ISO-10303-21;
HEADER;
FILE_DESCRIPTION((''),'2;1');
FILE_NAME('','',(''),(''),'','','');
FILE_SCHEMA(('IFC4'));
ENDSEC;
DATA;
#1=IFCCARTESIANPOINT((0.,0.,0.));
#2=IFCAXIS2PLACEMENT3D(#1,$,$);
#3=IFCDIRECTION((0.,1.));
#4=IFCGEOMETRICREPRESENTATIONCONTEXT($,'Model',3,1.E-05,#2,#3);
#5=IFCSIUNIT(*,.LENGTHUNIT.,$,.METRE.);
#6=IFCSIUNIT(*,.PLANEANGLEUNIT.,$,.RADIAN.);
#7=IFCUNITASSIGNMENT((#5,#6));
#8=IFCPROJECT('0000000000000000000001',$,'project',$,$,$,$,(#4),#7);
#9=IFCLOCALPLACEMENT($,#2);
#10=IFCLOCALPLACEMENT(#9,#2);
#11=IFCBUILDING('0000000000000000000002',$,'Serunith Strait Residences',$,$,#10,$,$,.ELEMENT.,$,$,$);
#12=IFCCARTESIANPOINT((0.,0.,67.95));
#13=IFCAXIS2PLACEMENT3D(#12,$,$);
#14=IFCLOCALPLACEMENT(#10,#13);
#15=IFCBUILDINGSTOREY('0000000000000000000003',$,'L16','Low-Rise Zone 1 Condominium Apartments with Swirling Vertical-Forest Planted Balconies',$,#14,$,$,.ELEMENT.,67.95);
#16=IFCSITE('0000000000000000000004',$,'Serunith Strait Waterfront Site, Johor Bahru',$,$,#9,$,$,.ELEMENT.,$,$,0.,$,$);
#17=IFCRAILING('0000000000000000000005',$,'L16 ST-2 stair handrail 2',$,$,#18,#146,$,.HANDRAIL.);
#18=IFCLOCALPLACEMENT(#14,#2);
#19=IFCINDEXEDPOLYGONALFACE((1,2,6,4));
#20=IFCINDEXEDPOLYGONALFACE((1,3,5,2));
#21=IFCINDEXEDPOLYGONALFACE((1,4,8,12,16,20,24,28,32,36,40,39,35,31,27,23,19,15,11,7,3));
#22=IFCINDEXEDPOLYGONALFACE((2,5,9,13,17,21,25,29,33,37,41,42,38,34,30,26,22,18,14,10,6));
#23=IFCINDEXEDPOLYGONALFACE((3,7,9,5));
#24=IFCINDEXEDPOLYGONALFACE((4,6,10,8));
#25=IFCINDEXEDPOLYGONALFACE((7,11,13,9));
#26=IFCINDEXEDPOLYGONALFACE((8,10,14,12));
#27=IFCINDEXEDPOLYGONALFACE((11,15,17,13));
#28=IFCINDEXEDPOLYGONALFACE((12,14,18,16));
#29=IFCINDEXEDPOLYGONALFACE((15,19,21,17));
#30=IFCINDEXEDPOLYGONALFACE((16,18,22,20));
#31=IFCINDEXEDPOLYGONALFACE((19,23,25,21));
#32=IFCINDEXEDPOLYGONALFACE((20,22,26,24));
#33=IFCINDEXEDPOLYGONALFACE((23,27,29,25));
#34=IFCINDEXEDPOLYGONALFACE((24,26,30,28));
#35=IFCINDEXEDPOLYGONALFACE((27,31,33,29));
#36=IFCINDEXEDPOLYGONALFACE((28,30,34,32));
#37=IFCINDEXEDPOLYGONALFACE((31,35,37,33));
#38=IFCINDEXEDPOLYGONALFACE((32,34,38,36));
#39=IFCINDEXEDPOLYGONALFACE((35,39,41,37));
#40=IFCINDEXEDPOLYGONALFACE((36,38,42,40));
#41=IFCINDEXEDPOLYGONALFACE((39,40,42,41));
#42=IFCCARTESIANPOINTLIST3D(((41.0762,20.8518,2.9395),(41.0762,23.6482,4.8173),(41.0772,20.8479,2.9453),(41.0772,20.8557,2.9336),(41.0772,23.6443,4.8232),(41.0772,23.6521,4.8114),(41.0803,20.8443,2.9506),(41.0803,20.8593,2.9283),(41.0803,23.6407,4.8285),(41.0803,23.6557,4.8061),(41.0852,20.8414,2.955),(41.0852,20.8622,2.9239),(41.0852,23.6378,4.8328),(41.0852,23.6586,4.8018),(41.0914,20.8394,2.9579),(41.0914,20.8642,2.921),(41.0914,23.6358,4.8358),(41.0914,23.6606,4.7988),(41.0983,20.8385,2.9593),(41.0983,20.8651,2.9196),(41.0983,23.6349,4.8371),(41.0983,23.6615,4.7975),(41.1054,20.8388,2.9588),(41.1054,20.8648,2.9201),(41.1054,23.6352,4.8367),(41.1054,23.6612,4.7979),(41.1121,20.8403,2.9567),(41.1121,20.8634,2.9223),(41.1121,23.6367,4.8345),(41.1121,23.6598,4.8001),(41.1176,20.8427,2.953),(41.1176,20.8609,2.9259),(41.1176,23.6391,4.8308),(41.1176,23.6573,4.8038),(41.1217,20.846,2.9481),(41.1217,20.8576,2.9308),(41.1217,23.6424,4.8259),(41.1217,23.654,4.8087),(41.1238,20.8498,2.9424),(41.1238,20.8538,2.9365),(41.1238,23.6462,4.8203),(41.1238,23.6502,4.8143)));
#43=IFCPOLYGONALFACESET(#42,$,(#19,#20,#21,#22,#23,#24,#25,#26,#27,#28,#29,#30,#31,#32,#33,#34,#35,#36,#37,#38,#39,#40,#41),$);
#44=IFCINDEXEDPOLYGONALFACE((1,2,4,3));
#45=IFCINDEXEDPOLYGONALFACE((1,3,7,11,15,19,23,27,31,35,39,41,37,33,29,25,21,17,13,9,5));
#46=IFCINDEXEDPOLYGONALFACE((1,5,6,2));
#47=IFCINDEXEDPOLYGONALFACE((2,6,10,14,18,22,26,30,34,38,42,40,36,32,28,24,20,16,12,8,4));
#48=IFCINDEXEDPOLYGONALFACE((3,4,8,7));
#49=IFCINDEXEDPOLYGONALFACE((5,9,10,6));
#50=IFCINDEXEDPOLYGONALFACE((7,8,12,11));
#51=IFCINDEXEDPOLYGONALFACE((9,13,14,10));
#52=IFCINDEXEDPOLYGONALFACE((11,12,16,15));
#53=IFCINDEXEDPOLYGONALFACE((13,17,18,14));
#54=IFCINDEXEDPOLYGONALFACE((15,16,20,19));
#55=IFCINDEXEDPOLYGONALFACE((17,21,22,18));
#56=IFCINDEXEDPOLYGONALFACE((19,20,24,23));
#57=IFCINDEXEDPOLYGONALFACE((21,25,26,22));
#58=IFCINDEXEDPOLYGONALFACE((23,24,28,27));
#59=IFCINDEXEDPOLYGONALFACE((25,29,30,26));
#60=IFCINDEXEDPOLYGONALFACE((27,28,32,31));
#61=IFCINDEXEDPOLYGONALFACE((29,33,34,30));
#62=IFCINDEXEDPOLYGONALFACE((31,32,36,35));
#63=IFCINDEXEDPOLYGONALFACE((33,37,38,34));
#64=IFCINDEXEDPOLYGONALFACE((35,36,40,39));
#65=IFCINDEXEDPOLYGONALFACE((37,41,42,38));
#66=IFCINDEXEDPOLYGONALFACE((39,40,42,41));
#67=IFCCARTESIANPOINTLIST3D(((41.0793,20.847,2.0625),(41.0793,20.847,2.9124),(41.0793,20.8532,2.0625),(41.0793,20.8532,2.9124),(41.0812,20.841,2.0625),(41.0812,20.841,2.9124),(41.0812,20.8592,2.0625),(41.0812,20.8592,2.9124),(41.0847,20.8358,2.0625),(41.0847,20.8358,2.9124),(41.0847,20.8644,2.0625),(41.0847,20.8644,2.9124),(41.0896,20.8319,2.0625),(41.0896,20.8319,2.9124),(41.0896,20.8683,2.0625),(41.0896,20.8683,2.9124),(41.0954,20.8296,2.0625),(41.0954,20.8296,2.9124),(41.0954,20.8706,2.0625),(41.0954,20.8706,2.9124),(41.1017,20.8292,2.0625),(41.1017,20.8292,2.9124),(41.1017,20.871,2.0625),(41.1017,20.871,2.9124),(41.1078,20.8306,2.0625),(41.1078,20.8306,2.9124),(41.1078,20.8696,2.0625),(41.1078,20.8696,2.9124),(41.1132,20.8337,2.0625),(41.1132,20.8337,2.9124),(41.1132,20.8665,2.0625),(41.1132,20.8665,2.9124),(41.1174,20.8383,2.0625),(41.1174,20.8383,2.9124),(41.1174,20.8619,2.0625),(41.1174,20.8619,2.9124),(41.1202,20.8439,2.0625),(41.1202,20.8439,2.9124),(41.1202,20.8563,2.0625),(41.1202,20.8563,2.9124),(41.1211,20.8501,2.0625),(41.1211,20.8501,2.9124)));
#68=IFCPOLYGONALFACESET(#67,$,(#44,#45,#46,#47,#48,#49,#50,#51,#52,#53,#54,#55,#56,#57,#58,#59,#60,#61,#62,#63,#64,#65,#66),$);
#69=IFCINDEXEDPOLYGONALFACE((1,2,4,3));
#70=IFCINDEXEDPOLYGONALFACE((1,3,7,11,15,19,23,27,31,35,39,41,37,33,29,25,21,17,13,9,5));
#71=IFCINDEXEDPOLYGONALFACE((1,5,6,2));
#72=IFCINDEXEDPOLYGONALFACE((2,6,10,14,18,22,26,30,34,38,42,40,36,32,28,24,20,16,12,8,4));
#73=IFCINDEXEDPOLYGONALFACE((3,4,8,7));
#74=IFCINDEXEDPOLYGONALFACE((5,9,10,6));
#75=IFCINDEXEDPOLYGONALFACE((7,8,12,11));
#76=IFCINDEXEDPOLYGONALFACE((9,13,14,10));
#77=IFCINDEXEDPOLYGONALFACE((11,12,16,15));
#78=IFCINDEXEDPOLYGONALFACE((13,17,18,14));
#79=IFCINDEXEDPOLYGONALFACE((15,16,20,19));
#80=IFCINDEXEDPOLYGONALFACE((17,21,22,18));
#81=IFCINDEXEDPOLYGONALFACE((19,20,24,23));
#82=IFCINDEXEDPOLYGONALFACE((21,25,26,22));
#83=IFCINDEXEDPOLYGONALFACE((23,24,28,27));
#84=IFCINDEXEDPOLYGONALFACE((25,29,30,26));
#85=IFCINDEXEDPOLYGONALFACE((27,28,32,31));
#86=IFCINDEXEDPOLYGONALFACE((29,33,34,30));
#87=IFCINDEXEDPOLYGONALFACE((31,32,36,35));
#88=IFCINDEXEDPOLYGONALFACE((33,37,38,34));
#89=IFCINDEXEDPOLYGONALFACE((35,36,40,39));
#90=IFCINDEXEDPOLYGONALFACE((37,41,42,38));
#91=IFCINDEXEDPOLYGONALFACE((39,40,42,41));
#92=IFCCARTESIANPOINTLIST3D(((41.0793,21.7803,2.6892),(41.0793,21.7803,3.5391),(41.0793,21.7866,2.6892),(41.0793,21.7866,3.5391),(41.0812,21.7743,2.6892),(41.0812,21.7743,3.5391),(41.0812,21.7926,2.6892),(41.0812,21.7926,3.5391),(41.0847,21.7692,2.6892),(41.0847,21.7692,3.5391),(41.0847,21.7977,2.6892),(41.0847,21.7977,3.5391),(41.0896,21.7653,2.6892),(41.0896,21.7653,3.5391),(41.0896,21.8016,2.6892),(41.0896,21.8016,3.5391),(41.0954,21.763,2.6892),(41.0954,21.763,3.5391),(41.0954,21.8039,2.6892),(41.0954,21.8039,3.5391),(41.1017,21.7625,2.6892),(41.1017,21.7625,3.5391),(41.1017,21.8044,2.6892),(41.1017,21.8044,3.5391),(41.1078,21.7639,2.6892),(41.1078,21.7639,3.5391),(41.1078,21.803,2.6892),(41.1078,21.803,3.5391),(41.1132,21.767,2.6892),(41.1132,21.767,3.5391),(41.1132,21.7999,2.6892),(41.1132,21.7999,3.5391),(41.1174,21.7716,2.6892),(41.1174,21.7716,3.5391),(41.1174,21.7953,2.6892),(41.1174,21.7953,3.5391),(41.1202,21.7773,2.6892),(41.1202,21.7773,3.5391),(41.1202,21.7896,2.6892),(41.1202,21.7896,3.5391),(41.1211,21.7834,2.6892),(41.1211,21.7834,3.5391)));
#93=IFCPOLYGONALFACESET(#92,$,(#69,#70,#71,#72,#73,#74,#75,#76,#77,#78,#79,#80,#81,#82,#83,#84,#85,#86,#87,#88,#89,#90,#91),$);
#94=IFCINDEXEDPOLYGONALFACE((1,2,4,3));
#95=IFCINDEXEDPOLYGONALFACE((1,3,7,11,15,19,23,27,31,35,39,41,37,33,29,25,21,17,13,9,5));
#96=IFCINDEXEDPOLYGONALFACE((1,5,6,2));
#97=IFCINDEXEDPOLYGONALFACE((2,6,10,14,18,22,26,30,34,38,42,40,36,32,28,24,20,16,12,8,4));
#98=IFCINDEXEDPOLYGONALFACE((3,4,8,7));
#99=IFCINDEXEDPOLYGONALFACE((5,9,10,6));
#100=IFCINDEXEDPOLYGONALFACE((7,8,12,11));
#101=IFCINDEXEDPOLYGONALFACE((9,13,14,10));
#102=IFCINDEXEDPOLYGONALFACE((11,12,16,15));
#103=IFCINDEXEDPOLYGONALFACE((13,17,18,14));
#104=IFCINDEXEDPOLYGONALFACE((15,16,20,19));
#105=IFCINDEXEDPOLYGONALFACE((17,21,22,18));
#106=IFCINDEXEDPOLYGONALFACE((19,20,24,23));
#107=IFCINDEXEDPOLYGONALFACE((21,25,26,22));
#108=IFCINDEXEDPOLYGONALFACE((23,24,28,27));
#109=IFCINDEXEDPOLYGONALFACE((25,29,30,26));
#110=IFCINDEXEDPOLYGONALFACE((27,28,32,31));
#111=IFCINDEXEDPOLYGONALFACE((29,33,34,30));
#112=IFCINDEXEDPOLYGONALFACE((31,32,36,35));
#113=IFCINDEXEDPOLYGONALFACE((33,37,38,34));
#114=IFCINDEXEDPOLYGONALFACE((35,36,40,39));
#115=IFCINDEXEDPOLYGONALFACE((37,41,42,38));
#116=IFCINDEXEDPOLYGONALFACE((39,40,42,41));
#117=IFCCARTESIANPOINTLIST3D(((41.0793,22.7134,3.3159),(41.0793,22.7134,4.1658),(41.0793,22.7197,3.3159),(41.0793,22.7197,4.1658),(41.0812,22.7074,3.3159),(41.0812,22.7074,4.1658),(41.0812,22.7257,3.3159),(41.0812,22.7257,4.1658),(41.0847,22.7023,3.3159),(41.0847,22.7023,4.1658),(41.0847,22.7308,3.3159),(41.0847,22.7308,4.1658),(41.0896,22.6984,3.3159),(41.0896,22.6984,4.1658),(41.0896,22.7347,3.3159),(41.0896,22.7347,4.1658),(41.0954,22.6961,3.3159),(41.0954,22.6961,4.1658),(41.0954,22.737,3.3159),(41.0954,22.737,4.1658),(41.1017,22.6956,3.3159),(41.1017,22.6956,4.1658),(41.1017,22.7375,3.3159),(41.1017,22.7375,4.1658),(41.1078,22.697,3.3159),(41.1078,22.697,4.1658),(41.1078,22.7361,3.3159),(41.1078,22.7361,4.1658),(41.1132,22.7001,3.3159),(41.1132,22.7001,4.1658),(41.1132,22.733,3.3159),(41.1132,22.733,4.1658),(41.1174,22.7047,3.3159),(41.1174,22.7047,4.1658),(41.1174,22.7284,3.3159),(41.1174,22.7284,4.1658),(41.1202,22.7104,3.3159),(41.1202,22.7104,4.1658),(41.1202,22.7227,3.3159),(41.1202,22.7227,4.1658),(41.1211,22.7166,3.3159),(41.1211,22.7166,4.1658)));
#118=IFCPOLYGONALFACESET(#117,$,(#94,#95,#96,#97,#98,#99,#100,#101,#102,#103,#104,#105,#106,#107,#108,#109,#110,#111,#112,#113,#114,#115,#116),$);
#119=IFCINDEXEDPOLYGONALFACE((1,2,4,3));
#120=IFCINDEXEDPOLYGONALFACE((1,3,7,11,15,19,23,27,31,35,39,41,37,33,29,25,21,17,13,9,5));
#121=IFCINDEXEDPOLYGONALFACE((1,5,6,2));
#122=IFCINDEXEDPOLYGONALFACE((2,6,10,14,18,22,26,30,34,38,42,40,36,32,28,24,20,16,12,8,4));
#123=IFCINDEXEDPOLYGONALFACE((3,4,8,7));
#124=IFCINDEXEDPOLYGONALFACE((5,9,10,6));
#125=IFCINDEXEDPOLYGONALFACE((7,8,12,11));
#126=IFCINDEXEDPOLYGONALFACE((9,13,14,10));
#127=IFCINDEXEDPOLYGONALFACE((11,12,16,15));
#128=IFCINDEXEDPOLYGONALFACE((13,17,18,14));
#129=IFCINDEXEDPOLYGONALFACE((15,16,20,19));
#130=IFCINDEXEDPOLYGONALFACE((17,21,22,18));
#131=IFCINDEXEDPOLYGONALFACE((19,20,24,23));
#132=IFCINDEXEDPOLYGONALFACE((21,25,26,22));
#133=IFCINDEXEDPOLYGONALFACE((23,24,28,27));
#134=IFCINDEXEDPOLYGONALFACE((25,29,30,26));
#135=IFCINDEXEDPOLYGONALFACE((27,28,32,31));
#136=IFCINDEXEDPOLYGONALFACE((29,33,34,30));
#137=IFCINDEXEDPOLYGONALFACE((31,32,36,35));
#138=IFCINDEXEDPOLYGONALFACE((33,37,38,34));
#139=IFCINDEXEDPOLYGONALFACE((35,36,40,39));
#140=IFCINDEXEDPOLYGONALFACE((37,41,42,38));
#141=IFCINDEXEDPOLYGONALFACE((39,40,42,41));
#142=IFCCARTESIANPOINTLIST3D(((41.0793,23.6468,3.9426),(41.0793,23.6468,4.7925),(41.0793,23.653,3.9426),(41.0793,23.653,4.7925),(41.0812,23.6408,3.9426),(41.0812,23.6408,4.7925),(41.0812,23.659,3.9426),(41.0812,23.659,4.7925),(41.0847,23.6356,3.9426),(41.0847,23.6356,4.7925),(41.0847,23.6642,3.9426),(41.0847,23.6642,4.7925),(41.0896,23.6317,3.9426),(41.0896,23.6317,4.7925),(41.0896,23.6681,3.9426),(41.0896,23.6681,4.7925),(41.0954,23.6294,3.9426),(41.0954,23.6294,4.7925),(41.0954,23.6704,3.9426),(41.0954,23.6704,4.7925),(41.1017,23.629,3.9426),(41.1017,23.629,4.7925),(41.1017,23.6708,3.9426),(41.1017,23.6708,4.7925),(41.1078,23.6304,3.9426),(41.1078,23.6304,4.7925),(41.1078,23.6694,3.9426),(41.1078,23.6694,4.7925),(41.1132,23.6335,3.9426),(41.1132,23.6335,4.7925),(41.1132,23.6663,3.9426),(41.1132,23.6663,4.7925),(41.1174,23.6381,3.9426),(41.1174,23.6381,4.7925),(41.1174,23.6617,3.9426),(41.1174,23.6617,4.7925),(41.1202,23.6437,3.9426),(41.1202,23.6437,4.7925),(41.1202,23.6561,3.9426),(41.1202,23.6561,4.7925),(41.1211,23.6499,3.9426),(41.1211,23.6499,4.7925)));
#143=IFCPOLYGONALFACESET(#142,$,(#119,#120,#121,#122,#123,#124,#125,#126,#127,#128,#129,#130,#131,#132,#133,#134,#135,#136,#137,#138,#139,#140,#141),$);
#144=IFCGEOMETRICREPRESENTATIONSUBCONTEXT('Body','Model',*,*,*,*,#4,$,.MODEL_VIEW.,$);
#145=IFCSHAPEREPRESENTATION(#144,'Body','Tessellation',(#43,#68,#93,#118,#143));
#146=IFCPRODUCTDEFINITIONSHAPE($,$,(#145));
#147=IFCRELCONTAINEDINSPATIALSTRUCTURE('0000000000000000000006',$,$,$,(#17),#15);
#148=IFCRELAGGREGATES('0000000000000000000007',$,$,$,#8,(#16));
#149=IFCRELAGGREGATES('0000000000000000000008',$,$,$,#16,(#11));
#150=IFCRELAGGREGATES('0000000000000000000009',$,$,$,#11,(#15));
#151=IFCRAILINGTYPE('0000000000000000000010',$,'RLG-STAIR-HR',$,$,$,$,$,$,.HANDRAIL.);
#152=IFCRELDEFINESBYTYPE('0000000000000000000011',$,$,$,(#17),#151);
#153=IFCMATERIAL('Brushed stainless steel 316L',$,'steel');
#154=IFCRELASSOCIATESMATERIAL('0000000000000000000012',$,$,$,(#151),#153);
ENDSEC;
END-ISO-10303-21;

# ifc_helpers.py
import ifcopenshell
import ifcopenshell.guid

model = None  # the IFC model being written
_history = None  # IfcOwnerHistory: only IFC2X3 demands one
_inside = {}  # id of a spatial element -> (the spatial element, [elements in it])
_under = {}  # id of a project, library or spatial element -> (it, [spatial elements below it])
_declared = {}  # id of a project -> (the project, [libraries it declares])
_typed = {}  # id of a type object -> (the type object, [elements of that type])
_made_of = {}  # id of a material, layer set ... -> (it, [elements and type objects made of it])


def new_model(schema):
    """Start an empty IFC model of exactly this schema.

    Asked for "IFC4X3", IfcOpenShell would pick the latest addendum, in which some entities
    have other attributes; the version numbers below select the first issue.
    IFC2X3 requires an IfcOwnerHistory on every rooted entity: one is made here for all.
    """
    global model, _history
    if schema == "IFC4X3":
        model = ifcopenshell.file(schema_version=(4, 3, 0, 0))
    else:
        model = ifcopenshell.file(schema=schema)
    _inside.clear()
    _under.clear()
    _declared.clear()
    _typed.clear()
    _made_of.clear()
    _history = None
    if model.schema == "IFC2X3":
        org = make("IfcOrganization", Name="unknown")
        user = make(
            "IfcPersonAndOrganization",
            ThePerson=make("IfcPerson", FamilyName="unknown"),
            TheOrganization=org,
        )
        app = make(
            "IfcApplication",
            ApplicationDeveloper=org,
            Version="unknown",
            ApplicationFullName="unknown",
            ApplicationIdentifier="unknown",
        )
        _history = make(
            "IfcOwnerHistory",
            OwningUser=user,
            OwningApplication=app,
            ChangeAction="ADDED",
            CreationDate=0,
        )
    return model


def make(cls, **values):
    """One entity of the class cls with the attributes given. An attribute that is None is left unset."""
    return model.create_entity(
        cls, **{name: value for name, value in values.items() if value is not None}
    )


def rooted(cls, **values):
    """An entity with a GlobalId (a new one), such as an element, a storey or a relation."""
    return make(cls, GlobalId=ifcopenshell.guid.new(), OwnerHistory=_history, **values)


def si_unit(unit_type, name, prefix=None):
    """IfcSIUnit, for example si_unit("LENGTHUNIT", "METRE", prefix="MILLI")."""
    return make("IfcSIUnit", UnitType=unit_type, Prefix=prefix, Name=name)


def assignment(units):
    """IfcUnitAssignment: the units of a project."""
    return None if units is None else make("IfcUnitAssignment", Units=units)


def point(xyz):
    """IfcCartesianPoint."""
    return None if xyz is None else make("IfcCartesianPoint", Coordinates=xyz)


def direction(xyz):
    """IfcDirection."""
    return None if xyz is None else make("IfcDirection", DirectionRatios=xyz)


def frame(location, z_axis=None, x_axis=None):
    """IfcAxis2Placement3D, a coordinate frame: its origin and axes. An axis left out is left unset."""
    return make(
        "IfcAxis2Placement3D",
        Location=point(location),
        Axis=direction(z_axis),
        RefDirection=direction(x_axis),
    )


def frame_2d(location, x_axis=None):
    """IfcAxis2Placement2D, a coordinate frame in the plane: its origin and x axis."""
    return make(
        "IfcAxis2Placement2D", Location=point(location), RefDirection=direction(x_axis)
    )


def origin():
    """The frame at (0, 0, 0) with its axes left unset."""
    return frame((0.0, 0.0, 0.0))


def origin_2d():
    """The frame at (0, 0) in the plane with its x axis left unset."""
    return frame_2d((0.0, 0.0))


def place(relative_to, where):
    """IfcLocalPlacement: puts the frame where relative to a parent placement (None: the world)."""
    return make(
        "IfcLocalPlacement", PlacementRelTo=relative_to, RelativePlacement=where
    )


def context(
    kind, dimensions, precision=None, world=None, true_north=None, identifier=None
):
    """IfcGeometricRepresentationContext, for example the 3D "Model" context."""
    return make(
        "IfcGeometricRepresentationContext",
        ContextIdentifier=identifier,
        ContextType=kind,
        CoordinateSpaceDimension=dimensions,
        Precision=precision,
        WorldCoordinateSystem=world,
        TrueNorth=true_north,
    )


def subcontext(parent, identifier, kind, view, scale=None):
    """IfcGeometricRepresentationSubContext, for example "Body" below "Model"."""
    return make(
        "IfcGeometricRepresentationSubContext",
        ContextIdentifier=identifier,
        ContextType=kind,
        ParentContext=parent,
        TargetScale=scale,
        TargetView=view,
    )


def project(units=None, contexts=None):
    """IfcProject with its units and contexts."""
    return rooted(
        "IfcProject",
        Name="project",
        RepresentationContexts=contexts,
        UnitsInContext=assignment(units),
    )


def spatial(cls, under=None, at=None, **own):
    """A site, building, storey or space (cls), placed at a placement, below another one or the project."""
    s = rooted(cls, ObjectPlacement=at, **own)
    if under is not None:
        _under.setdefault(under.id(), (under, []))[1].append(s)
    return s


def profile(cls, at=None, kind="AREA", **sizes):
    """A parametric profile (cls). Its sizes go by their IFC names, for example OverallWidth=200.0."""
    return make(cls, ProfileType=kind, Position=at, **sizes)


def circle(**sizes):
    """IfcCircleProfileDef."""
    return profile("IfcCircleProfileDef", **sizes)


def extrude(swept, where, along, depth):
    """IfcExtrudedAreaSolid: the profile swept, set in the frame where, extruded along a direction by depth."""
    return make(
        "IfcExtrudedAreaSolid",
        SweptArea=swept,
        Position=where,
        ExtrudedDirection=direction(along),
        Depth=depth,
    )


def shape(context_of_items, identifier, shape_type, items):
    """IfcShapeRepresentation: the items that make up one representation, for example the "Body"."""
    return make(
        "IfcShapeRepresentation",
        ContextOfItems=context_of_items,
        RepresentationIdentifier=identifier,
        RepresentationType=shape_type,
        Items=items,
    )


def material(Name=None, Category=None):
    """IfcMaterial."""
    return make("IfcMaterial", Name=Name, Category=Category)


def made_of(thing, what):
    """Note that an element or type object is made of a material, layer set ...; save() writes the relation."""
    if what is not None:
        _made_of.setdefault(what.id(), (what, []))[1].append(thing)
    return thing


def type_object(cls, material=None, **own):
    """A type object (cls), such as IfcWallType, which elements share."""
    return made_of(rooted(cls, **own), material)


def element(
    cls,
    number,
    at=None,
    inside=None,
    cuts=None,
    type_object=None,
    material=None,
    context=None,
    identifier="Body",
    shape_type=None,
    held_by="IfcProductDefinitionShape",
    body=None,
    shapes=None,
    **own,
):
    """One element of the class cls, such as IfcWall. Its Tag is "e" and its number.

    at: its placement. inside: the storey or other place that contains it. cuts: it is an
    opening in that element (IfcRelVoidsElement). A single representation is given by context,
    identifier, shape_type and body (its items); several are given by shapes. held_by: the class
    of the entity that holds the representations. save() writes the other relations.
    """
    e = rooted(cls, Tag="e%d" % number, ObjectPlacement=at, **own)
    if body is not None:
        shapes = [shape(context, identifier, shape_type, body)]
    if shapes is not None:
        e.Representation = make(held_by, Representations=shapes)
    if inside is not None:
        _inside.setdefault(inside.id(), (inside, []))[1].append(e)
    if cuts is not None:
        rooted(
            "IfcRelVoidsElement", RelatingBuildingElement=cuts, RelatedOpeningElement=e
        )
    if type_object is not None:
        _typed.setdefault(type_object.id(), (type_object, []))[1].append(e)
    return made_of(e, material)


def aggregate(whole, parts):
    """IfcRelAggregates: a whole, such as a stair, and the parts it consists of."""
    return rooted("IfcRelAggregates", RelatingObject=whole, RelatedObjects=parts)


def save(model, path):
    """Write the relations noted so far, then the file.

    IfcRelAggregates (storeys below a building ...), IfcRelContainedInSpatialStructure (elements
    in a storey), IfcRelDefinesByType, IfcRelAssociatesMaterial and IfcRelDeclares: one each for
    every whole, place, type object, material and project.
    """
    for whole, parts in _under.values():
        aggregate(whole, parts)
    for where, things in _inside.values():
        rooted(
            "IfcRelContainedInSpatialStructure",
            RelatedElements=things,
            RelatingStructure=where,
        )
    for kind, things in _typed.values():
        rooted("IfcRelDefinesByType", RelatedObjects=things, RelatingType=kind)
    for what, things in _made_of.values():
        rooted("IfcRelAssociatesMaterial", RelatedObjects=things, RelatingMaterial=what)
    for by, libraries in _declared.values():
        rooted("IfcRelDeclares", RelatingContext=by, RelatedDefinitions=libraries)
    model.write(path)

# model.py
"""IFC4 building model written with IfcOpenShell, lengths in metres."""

from ifc_helpers import new_model, si_unit, direction, frame, origin, origin_2d, place, context, subcontext, project, spatial, circle, extrude, material, type_object, element, save


model = new_model("IFC4")

# Units and contexts
model_context = context("Model", 3, precision=1e-05, world=origin(), true_north=direction((0.0, 1.0)))
body_context = subcontext(model_context, "Body", "Model", "MODEL_VIEW")
ifc_project = project(units=[si_unit("LENGTHUNIT", "METRE"), si_unit("PLANEANGLEUNIT", "RADIAN")], contexts=[model_context])

# Site, building, storey
site_placement = place(None, origin())
site = spatial("IfcSite", under=ifc_project, at=site_placement, Name="Serunith Strait Waterfront Site, Johor Bahru", CompositionType="ELEMENT", RefElevation=0.0)
building_placement = place(site_placement, origin())
building = spatial("IfcBuilding", under=site, at=building_placement, Name="Serunith Strait Residences", CompositionType="ELEMENT")
storey_placement = place(building_placement, frame((0.0, 0.0, 67.95)))
storey = spatial("IfcBuildingStorey", under=building, at=storey_placement, Name="L16", Description="Low-Rise Zone 1 Condominium Apartments with Swirling Vertical-Forest Planted Balconies", CompositionType="ELEMENT", Elevation=67.95)

# Railing
ifc_material_1 = material(Name="Brushed stainless steel 316L", Category="steel")
railing_type_1 = type_object("IfcRailingType", Name="RLG-STAIR-HR", PredefinedType="HANDRAIL", material=ifc_material_1)
railing_1_placement = place(storey_placement, frame((41.1001, 20.8501, 2.0625)))
element("IfcRailing", 1, at=railing_1_placement, inside=storey, type_object=railing_type_1, Name="L16 ST-2 stair handrail 2", PredefinedType="HANDRAIL", context=body_context, shape_type="SweptSolid", body=[
    extrude(circle(Radius=0.0239, at=origin_2d()), frame((0.0, 0.0017, 0.877), z_axis=(0.0, 0.830186, 0.557487), x_axis=(-1.0, 0.0, 0.0)), (0.0, 0.0, 1.0), 3.3684),
    extrude(circle(Radius=0.021, at=origin_2d()), origin(), (0.0, 0.0, 1.0), 0.8499),
    extrude(circle(Radius=0.021, at=origin_2d()), frame((0.0, 0.9333, 0.6267)), (0.0, 0.0, 1.0), 0.8499),
    extrude(circle(Radius=0.021, at=origin_2d()), frame((0.0, 1.8665, 1.2534)), (0.0, 0.0, 1.0), 0.8499),
    extrude(circle(Radius=0.021, at=origin_2d()), frame((0.0, 2.7998, 1.8801)), (0.0, 0.0, 1.0), 0.8499),
])

save(model, "model.ifc")
